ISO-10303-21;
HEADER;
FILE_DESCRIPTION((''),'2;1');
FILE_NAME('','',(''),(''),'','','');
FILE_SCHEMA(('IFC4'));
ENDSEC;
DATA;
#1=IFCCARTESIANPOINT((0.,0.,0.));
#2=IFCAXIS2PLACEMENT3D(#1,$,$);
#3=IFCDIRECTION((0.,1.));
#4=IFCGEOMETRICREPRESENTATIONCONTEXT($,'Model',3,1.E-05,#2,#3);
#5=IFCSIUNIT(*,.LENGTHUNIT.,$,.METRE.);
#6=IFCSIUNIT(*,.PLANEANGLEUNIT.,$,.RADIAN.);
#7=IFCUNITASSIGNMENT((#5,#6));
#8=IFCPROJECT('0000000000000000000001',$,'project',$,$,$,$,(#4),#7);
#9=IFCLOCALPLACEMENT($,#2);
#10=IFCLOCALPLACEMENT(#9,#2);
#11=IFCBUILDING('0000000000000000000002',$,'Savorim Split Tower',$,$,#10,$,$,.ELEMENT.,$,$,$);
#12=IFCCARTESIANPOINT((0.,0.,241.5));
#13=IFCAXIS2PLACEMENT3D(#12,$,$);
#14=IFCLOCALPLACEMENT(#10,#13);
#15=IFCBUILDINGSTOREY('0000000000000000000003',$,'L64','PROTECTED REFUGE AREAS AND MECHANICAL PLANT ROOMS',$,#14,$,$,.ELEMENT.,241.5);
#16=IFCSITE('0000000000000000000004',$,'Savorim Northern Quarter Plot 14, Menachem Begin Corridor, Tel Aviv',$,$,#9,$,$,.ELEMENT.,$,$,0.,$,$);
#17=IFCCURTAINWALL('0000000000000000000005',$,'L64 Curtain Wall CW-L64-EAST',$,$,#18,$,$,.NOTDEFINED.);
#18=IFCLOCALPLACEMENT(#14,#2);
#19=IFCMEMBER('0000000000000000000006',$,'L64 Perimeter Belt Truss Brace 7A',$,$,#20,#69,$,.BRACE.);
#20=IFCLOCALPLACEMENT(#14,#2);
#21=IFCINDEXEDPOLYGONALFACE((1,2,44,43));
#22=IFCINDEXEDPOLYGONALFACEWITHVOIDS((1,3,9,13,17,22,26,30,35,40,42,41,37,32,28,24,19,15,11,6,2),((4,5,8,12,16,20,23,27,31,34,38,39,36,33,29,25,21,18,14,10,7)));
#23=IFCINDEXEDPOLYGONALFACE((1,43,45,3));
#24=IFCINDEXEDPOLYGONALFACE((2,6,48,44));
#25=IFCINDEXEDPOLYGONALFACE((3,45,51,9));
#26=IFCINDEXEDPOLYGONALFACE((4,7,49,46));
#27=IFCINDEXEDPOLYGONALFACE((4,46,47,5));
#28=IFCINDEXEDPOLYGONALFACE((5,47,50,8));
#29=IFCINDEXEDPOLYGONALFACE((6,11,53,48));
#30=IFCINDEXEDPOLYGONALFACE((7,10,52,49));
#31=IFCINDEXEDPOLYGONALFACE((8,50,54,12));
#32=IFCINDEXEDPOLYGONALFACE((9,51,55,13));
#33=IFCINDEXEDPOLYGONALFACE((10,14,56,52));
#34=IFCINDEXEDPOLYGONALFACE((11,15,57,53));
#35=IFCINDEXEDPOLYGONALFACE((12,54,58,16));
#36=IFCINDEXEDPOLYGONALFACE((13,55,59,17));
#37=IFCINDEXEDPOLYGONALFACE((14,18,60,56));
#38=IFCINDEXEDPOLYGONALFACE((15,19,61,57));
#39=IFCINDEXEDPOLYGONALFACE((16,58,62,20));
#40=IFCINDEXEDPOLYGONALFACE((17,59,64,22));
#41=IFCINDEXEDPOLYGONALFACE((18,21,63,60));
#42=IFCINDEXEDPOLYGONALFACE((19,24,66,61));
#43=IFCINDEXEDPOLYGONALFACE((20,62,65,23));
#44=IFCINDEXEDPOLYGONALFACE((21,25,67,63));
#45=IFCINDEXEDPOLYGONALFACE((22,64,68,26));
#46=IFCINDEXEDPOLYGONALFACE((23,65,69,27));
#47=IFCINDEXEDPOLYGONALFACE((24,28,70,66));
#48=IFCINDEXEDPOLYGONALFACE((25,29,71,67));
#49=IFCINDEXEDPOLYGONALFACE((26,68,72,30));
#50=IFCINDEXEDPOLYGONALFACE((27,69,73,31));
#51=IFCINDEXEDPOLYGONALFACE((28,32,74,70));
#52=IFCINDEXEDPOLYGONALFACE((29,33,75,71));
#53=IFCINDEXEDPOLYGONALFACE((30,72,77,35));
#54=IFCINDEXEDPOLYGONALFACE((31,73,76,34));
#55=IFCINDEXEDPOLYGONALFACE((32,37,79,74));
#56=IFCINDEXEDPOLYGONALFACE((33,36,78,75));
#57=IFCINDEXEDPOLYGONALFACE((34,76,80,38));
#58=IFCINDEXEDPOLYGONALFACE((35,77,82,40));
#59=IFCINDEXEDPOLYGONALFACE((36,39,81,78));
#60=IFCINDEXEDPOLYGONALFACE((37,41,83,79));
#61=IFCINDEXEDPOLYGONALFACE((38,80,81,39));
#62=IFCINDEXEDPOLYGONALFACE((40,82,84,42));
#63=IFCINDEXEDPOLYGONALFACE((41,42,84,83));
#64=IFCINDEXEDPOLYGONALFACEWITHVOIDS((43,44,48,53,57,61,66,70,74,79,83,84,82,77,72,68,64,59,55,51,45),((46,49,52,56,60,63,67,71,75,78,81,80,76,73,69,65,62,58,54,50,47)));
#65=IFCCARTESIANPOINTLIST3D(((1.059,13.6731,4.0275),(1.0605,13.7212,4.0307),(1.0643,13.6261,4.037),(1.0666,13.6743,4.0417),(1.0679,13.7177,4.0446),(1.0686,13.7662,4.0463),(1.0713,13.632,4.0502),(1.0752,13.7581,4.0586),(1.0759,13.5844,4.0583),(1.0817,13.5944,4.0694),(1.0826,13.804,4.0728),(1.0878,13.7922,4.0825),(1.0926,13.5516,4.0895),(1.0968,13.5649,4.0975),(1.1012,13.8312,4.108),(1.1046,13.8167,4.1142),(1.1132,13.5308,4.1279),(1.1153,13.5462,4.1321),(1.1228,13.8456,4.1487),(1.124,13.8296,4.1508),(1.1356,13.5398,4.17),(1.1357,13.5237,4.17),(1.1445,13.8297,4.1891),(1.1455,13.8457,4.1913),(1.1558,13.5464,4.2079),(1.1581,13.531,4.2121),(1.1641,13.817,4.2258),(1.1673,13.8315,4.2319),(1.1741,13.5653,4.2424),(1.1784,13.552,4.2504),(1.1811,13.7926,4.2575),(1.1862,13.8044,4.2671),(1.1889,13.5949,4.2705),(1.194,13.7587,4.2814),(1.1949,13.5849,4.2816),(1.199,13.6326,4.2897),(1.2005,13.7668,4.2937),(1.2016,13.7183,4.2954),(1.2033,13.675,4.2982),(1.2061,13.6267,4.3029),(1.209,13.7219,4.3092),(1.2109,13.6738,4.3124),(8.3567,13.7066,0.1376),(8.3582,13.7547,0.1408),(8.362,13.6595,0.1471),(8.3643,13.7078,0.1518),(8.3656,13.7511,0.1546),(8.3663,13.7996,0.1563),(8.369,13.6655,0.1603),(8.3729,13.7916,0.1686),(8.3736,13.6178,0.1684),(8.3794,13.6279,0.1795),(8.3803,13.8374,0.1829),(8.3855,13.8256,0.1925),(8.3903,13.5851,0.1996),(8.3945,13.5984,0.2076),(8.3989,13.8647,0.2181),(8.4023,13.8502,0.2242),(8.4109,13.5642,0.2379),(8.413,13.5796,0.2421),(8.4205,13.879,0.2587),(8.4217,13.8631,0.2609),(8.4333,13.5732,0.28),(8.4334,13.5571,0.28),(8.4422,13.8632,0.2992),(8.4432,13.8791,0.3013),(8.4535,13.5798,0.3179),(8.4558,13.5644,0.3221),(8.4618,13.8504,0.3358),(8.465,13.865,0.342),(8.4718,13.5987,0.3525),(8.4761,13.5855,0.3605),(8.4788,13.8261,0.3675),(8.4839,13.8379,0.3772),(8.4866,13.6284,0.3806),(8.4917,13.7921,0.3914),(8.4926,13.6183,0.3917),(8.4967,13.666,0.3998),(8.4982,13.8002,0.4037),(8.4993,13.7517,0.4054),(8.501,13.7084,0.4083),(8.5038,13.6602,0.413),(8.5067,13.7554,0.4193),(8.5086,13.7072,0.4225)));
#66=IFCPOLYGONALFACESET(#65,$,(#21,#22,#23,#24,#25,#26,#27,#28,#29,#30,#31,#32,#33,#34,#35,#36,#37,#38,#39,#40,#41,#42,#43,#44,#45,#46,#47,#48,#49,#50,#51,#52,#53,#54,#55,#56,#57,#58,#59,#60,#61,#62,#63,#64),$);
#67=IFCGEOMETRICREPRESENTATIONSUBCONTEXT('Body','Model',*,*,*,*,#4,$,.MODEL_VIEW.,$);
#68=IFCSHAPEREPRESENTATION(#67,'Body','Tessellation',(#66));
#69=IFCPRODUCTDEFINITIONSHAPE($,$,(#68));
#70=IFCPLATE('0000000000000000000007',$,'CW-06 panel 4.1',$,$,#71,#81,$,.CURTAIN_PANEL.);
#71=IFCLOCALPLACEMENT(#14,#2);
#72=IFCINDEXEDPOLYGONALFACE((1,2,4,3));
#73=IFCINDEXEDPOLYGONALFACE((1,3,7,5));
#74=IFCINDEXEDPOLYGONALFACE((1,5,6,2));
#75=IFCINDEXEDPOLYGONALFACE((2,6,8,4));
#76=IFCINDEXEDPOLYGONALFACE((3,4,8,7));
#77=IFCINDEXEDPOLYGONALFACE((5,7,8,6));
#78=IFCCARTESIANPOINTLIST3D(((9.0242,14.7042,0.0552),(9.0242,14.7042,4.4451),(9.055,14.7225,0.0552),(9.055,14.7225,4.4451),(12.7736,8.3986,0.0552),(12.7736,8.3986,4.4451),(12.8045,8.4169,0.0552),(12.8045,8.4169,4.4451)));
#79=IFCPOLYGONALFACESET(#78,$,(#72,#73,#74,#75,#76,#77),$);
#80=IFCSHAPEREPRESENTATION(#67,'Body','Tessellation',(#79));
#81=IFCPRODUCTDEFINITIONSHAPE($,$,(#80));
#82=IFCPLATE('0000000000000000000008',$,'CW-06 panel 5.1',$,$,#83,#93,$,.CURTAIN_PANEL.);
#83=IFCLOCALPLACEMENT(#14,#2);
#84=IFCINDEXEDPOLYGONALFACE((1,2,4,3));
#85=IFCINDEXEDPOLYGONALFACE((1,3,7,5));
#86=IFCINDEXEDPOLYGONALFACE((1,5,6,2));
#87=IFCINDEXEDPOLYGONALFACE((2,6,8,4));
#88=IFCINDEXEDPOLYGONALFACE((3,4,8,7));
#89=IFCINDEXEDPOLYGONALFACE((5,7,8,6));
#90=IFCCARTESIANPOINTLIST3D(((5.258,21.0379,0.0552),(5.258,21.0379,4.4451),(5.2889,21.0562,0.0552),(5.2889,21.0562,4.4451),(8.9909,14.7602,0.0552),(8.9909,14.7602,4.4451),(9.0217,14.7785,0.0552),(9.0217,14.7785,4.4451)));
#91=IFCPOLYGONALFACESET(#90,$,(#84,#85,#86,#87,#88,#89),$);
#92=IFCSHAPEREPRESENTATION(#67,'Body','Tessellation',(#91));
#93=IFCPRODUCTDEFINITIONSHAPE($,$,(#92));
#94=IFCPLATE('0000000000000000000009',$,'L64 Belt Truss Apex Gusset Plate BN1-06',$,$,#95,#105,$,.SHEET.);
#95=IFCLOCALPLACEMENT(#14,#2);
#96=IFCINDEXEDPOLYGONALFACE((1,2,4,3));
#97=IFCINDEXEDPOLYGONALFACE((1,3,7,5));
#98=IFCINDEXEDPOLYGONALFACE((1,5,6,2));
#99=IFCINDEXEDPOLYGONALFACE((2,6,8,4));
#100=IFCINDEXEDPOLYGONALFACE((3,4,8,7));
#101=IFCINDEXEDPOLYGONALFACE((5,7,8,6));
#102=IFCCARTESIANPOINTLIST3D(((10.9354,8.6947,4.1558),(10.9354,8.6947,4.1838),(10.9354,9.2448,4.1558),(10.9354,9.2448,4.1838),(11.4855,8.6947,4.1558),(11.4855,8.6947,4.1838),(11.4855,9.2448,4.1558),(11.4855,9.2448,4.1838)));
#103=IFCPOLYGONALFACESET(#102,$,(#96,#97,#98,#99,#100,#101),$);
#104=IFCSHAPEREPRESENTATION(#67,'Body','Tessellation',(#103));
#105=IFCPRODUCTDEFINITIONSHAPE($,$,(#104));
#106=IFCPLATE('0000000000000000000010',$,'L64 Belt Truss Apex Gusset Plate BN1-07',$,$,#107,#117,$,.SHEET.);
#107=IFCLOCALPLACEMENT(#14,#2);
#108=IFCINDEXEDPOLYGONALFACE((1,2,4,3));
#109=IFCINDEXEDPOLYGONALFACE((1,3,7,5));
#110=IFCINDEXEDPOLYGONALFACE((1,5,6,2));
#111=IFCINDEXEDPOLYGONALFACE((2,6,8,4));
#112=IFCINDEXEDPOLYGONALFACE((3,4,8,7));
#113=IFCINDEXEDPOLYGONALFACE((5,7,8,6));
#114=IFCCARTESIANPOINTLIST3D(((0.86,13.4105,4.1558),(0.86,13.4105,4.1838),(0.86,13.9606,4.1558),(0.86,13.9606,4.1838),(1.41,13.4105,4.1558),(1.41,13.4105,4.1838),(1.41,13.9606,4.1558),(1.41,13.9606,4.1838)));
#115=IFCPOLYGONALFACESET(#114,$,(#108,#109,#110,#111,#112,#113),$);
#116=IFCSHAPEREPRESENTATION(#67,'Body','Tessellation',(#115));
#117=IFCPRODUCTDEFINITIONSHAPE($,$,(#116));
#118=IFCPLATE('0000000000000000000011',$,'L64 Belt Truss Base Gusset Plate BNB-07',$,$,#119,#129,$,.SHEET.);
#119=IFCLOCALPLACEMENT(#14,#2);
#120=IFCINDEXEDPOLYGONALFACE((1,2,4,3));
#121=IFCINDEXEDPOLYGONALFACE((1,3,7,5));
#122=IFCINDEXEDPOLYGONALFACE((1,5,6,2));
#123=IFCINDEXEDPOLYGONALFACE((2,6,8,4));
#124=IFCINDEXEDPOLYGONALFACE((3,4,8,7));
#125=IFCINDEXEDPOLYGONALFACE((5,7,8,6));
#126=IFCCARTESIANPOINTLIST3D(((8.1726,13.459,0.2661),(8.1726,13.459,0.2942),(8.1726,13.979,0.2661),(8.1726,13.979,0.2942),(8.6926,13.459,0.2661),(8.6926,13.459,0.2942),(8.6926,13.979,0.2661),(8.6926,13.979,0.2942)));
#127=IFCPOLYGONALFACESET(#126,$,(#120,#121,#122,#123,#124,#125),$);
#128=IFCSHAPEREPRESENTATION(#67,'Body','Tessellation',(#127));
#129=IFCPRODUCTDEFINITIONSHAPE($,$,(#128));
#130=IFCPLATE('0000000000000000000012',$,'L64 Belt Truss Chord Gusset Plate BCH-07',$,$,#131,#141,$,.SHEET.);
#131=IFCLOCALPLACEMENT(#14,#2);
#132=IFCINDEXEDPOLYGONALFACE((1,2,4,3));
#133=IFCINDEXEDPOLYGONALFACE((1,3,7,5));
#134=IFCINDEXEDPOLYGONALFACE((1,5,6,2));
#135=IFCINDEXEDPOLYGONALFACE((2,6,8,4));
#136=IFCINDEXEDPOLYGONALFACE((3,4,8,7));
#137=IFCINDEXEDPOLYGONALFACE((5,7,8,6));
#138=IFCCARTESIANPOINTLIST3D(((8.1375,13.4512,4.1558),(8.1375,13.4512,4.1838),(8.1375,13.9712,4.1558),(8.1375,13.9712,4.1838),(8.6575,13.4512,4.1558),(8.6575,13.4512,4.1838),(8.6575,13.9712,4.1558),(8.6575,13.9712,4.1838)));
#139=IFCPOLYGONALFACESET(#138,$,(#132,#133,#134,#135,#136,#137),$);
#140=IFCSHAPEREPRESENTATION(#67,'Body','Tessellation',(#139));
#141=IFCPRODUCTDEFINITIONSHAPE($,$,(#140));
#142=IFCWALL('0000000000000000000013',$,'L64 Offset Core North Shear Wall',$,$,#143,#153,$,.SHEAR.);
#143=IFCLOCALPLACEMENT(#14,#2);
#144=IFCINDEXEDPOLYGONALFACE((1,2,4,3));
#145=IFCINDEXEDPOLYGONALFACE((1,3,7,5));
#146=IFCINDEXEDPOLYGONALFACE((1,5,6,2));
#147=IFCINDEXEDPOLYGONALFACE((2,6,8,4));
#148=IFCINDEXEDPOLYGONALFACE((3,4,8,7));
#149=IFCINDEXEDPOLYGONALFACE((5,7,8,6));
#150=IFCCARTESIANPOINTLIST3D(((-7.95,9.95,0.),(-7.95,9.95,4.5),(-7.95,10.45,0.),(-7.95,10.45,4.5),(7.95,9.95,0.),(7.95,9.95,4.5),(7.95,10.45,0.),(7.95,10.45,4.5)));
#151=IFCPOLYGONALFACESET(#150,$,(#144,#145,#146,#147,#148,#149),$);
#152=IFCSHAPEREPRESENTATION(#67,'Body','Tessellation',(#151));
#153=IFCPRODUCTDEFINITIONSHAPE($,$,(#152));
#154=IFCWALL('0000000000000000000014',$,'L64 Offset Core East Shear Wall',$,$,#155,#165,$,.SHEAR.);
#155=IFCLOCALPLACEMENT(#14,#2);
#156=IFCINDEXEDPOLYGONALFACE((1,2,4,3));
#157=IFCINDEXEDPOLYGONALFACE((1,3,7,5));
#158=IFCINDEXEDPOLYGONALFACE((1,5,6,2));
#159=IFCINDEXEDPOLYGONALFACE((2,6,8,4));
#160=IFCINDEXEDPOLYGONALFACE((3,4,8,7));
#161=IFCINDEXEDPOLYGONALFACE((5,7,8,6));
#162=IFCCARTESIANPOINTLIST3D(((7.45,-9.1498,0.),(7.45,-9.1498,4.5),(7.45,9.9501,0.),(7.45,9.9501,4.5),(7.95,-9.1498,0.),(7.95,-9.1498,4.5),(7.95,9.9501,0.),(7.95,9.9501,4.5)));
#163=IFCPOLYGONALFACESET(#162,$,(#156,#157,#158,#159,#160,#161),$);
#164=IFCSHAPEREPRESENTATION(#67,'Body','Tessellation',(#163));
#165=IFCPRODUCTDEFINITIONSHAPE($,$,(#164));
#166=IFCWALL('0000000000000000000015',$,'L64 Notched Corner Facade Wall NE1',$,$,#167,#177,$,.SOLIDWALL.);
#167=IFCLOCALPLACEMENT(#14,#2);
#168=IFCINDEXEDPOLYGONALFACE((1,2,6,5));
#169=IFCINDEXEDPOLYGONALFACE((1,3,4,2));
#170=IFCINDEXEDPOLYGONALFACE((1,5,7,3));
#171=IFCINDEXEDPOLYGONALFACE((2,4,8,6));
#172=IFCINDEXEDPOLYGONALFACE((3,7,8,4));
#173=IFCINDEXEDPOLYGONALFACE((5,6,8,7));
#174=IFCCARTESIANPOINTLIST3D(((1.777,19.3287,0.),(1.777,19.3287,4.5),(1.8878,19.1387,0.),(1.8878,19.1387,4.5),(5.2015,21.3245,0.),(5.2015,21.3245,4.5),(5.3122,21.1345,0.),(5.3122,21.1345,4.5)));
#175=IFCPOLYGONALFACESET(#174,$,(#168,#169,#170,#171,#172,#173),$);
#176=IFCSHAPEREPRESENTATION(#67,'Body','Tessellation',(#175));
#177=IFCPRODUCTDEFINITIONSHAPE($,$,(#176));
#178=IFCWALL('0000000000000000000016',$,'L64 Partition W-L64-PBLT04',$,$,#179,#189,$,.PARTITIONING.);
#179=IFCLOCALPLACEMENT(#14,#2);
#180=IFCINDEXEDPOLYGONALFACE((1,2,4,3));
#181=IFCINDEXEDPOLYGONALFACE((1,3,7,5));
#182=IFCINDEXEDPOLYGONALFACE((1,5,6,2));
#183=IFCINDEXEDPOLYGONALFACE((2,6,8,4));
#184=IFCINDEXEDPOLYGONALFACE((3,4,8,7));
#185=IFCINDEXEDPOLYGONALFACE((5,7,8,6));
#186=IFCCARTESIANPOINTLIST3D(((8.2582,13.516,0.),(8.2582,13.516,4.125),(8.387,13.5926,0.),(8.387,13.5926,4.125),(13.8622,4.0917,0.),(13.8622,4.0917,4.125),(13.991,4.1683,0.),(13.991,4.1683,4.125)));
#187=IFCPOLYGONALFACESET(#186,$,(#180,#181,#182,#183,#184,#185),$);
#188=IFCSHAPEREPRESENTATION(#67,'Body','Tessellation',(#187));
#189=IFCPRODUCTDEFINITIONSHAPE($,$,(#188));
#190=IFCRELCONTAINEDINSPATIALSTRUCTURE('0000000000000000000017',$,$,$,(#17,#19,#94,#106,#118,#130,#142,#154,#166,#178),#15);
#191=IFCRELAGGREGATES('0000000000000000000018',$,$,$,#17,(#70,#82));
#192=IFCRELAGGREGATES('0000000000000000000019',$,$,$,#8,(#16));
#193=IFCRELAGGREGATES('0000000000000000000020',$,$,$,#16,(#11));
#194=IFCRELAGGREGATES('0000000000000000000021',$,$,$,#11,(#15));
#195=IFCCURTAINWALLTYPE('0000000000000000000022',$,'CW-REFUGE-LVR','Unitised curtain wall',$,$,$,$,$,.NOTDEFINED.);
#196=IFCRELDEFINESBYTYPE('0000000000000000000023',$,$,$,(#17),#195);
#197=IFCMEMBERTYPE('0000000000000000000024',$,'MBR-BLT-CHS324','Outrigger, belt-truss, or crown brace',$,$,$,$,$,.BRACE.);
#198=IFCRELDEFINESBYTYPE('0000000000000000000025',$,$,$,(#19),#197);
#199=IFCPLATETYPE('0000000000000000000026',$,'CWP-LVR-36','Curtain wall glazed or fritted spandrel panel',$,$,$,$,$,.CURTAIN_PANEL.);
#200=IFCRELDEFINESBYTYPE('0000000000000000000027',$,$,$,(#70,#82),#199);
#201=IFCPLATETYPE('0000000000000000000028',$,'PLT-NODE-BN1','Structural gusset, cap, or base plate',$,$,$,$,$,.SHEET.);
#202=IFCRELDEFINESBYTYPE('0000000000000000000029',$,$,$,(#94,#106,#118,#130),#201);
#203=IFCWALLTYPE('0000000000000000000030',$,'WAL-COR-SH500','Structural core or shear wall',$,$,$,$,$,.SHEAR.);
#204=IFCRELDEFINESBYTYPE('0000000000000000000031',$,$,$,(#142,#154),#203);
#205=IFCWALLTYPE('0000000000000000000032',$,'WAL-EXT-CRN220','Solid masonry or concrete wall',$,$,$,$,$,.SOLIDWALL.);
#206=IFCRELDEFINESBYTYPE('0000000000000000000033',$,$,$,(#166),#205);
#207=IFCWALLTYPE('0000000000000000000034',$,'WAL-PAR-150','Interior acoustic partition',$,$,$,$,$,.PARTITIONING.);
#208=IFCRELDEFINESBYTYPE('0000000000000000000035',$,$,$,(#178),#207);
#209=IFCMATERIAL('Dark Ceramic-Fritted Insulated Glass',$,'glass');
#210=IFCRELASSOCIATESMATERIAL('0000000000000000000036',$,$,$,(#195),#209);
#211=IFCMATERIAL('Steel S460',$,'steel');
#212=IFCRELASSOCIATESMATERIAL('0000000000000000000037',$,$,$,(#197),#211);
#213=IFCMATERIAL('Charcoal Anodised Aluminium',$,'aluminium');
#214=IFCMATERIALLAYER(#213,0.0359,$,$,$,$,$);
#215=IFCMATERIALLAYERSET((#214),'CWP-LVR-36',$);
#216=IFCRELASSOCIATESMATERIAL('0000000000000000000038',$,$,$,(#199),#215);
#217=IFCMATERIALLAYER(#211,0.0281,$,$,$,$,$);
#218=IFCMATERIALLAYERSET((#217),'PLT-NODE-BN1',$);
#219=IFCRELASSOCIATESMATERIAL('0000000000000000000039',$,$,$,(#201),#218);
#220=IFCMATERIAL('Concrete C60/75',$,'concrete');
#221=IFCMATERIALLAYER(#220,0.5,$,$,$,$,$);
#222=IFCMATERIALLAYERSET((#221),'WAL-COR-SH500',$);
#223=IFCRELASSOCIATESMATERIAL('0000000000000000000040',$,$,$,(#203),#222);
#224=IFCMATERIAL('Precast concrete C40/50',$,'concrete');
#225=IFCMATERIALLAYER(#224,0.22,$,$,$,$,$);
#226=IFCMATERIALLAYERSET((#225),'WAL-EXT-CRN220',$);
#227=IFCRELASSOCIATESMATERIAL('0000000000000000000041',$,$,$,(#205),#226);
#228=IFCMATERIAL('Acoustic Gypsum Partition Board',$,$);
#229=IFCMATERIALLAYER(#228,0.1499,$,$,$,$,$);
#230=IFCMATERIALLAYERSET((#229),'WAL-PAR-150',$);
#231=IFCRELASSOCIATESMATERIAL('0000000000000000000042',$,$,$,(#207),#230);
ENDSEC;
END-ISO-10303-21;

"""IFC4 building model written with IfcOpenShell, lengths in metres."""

from ifc_helpers import new_model, si_unit, direction, frame, frame_2d, origin, origin_2d, place, context, subcontext, project, spatial, rectangle, hollow_circle, extrude, material, layer, layer_set, material_profile, profile_set, type_object, element, aggregate, save


model = new_model("IFC4")

# Units and contexts
model_context = context("Model", 3, precision=1e-05, world=origin(), true_north=direction((0.0, 1.0)))
body_context = subcontext(model_context, "Body", "Model", "MODEL_VIEW")
ifc_project = project(units=[si_unit("LENGTHUNIT", "METRE"), si_unit("PLANEANGLEUNIT", "RADIAN")], contexts=[model_context])

# Site, building, storey
site_placement = place(None, origin())
site = spatial("IfcSite", under=ifc_project, at=site_placement, Name="Savorim Northern Quarter Plot 14, Menachem Begin Corridor, Tel Aviv", CompositionType="ELEMENT", RefElevation=0.0)
building_placement = place(site_placement, origin())
building = spatial("IfcBuilding", under=site, at=building_placement, Name="Savorim Split Tower", CompositionType="ELEMENT")
storey_placement = place(building_placement, frame((0.0, 0.0, 241.5)))
storey = spatial("IfcBuildingStorey", under=building, at=storey_placement, Name="L64", Description="PROTECTED REFUGE AREAS AND MECHANICAL PLANT ROOMS", CompositionType="ELEMENT", Elevation=241.5)

# Curtain wall
ifc_material_1 = material(Name="Dark Ceramic-Fritted Insulated Glass", Category="glass")
curtain_wall_type = type_object("IfcCurtainWallType", Name="CW-REFUGE-LVR", Description="Unitised curtain wall", PredefinedType="NOTDEFINED", material=ifc_material_1)
curtain_wall_placement = place(storey_placement, origin())
curtain_wall = element("IfcCurtainWall", 1, at=curtain_wall_placement, inside=storey, type_object=curtain_wall_type, Name="L64 Curtain Wall CW-L64-EAST", PredefinedType="NOTDEFINED")
ifc_material_2 = material(Name="Charcoal Anodised Aluminium", Category="aluminium")

# Member
ifc_material_3 = material(Name="Steel S460", Category="steel")
ifc_material_profile_1 = material_profile(ifc_material_3, hollow_circle(Radius=0.1619, WallThickness=0.0161, at=origin_2d()), Name="CHS 323.9x16")
ifc_profile_set_1 = profile_set([ifc_material_profile_1], Name="Steel S460")
member_type_1 = type_object("IfcMemberType", Name="MBR-BLT-CHS324", Description="Outrigger, belt-truss, or crown brace", PredefinedType="BRACE", material=ifc_profile_set_1)
member_1_placement = place(storey_placement, frame((8.4326, 13.719, 0.28), z_axis=(-0.882454, -0.004045, 0.470381), x_axis=(0.004583, -0.999989, 0.0)))
element("IfcMember", 2, at=member_1_placement, inside=storey, type_object=member_type_1, Name="L64 Perimeter Belt Truss Brace 7A", PredefinedType="BRACE", context=body_context, shape_type="SweptSolid", body=[
    extrude(hollow_circle(Radius=0.1619, WallThickness=0.0161, at=origin_2d()), origin(), (0.0, 0.0, 1.0), 8.2698),
])

# Plates
ifc_layer_1 = layer(ifc_material_2, 0.0359)
ifc_layer_set_1 = layer_set([ifc_layer_1], Name="CWP-LVR-36")
plate_type_1 = type_object("IfcPlateType", Name="CWP-LVR-36", Description="Curtain wall glazed or fritted spandrel panel", PredefinedType="CURTAIN_PANEL", material=ifc_layer_set_1)
plate_1_placement = place(storey_placement, frame((10.9143, 11.5605, 0.0552), z_axis=(0.0, 0.0, 1.0), x_axis=(-0.51109, 0.859527, 0.0)))
plate_1 = element("IfcPlate", 3, at=plate_1_placement, type_object=plate_type_1, Name="CW-06 panel 4.1", PredefinedType="CURTAIN_PANEL", context=body_context, shape_type="SweptSolid", body=[
    extrude(rectangle(XDim=7.3362, YDim=0.0359, at=origin_2d()), origin(), (0.0, 0.0, 1.0), 4.3899),
])
plate_2_placement = place(storey_placement, frame((7.1399, 17.9082, 0.0552), z_axis=(0.0, 0.0, 1.0), x_axis=(-0.51109, 0.859527, 0.0)))
plate_2 = element("IfcPlate", 4, at=plate_2_placement, type_object=plate_type_1, Name="CW-06 panel 5.1", PredefinedType="CURTAIN_PANEL", context=body_context, shape_type="SweptSolid", body=[
    extrude(rectangle(XDim=7.3037, YDim=0.0359, at=origin_2d()), origin(), (0.0, 0.0, 1.0), 4.3899),
])
aggregate(curtain_wall, [plate_1, plate_2])

# Plates
ifc_layer_2 = layer(ifc_material_3, 0.0281)
ifc_layer_set_2 = layer_set([ifc_layer_2], Name="PLT-NODE-BN1")
plate_type_2 = type_object("IfcPlateType", Name="PLT-NODE-BN1", Description="Structural gusset, cap, or base plate", PredefinedType="SHEET", material=ifc_layer_set_2)
for number, where, z_axis, x_axis, name in (
    (5, (11.2104, 8.9697, 4.1558), (0.0, 0.0, 1.0), (1.0, 0.0, 0.0), "L64 Belt Truss Apex Gusset Plate BN1-06"),
    (6, (1.135, 13.6855, 4.1558), (0.0, 0.0, 1.0), (1.0, 0.0, 0.0), "L64 Belt Truss Apex Gusset Plate BN1-07"),
):
    element("IfcPlate", number, at=place(storey_placement, frame(where, z_axis=z_axis, x_axis=x_axis)), inside=storey, type_object=plate_type_2, Name=name, PredefinedType="SHEET", context=body_context, shape_type="SweptSolid", body=[
        extrude(rectangle(XDim=0.55, YDim=0.55, at=origin_2d()), origin(), (0.0, 0.0, 1.0), 0.0281),
    ])
for number, where, z_axis, x_axis, name in (
    (7, (8.4326, 13.719, 0.2661), (0.0, 0.0, 1.0), (1.0, 0.0, 0.0), "L64 Belt Truss Base Gusset Plate BNB-07"),
    (8, (8.3975, 13.7112, 4.1558), (0.0, 0.0, 1.0), (1.0, 0.0, 0.0), "L64 Belt Truss Chord Gusset Plate BCH-07"),
):
    element("IfcPlate", number, at=place(storey_placement, frame(where, z_axis=z_axis, x_axis=x_axis)), inside=storey, type_object=plate_type_2, Name=name, PredefinedType="SHEET", context=body_context, shape_type="SweptSolid", body=[
        extrude(rectangle(XDim=0.52, YDim=0.52, at=origin_2d()), origin(), (0.0, 0.0, 1.0), 0.0281),
    ])

# Walls
ifc_material_4 = material(Name="Concrete C60/75", Category="concrete")
ifc_layer_3 = layer(ifc_material_4, 0.5)
ifc_layer_set_3 = layer_set([ifc_layer_3], Name="WAL-COR-SH500")
wall_type_1 = type_object("IfcWallType", Name="WAL-COR-SH500", Description="Structural core or shear wall", PredefinedType="SHEAR", material=ifc_layer_set_3)
wall_1_placement = place(storey_placement, frame((7.95, 10.2, 0.0), z_axis=(0.0, 0.0, 1.0), x_axis=(-1.0, 0.0, 0.0)))
element("IfcWall", 9, at=wall_1_placement, inside=storey, type_object=wall_type_1, Name="L64 Offset Core North Shear Wall", PredefinedType="SHEAR", context=body_context, shape_type="SweptSolid", body=[
    extrude(rectangle(XDim=15.8999, YDim=0.5, at=frame_2d((7.95, 0.0))), origin(), (0.0, 0.0, 1.0), 4.5),
])
wall_2_placement = place(storey_placement, frame((7.7, 9.95, 0.0), z_axis=(0.0, 0.0, 1.0), x_axis=(0.0, -1.0, 0.0)))
element("IfcWall", 10, at=wall_2_placement, inside=storey, type_object=wall_type_1, Name="L64 Offset Core East Shear Wall", PredefinedType="SHEAR", context=body_context, shape_type="SweptSolid", body=[
    extrude(rectangle(XDim=19.0999, YDim=0.5, at=frame_2d((9.5498, 0.0))), origin(), (0.0, 0.0, 1.0), 4.5),
])
ifc_material_5 = material(Name="Precast concrete C40/50", Category="concrete")
ifc_layer_4 = layer(ifc_material_5, 0.22)
ifc_layer_set_4 = layer_set([ifc_layer_4], Name="WAL-EXT-CRN220")
wall_type_2 = type_object("IfcWallType", Name="WAL-EXT-CRN220", Description="Solid masonry or concrete wall", PredefinedType="SOLIDWALL", material=ifc_layer_set_4)
wall_3_placement = place(storey_placement, frame((1.8323, 19.2336, 0.0), z_axis=(0.0, 0.0, 1.0), x_axis=(0.863978, 0.50353, 0.0)))
element("IfcWall", 11, at=wall_3_placement, inside=storey, type_object=wall_type_2, Name="L64 Notched Corner Facade Wall NE1", PredefinedType="SOLIDWALL", context=body_context, shape_type="SweptSolid", body=[
    extrude(rectangle(XDim=3.9636, YDim=0.22, at=frame_2d((1.9819, 0.0))), origin(), (0.0, 0.0, 1.0), 4.5),
])
ifc_material_6 = material(Name="Acoustic Gypsum Partition Board")
ifc_layer_5 = layer(ifc_material_6, 0.1499)
ifc_layer_set_5 = layer_set([ifc_layer_5], Name="WAL-PAR-150")
wall_type_3 = type_object("IfcWallType", Name="WAL-PAR-150", Description="Interior acoustic partition", PredefinedType="PARTITIONING", material=ifc_layer_set_5)
wall_4_placement = place(storey_placement, frame((8.3225, 13.5544, 0.0), z_axis=(0.0, 0.0, 1.0), x_axis=(0.511099, -0.859522, 0.0)))
element("IfcWall", 12, at=wall_4_placement, inside=storey, type_object=wall_type_3, Name="L64 Partition W-L64-PBLT04", PredefinedType="PARTITIONING", context=body_context, shape_type="SweptSolid", body=[
    extrude(rectangle(XDim=10.9646, YDim=0.1499, at=frame_2d((5.4824, 0.0))), origin(), (0.0, 0.0, 1.0), 4.125),
])

save(model, "model.ifc")
